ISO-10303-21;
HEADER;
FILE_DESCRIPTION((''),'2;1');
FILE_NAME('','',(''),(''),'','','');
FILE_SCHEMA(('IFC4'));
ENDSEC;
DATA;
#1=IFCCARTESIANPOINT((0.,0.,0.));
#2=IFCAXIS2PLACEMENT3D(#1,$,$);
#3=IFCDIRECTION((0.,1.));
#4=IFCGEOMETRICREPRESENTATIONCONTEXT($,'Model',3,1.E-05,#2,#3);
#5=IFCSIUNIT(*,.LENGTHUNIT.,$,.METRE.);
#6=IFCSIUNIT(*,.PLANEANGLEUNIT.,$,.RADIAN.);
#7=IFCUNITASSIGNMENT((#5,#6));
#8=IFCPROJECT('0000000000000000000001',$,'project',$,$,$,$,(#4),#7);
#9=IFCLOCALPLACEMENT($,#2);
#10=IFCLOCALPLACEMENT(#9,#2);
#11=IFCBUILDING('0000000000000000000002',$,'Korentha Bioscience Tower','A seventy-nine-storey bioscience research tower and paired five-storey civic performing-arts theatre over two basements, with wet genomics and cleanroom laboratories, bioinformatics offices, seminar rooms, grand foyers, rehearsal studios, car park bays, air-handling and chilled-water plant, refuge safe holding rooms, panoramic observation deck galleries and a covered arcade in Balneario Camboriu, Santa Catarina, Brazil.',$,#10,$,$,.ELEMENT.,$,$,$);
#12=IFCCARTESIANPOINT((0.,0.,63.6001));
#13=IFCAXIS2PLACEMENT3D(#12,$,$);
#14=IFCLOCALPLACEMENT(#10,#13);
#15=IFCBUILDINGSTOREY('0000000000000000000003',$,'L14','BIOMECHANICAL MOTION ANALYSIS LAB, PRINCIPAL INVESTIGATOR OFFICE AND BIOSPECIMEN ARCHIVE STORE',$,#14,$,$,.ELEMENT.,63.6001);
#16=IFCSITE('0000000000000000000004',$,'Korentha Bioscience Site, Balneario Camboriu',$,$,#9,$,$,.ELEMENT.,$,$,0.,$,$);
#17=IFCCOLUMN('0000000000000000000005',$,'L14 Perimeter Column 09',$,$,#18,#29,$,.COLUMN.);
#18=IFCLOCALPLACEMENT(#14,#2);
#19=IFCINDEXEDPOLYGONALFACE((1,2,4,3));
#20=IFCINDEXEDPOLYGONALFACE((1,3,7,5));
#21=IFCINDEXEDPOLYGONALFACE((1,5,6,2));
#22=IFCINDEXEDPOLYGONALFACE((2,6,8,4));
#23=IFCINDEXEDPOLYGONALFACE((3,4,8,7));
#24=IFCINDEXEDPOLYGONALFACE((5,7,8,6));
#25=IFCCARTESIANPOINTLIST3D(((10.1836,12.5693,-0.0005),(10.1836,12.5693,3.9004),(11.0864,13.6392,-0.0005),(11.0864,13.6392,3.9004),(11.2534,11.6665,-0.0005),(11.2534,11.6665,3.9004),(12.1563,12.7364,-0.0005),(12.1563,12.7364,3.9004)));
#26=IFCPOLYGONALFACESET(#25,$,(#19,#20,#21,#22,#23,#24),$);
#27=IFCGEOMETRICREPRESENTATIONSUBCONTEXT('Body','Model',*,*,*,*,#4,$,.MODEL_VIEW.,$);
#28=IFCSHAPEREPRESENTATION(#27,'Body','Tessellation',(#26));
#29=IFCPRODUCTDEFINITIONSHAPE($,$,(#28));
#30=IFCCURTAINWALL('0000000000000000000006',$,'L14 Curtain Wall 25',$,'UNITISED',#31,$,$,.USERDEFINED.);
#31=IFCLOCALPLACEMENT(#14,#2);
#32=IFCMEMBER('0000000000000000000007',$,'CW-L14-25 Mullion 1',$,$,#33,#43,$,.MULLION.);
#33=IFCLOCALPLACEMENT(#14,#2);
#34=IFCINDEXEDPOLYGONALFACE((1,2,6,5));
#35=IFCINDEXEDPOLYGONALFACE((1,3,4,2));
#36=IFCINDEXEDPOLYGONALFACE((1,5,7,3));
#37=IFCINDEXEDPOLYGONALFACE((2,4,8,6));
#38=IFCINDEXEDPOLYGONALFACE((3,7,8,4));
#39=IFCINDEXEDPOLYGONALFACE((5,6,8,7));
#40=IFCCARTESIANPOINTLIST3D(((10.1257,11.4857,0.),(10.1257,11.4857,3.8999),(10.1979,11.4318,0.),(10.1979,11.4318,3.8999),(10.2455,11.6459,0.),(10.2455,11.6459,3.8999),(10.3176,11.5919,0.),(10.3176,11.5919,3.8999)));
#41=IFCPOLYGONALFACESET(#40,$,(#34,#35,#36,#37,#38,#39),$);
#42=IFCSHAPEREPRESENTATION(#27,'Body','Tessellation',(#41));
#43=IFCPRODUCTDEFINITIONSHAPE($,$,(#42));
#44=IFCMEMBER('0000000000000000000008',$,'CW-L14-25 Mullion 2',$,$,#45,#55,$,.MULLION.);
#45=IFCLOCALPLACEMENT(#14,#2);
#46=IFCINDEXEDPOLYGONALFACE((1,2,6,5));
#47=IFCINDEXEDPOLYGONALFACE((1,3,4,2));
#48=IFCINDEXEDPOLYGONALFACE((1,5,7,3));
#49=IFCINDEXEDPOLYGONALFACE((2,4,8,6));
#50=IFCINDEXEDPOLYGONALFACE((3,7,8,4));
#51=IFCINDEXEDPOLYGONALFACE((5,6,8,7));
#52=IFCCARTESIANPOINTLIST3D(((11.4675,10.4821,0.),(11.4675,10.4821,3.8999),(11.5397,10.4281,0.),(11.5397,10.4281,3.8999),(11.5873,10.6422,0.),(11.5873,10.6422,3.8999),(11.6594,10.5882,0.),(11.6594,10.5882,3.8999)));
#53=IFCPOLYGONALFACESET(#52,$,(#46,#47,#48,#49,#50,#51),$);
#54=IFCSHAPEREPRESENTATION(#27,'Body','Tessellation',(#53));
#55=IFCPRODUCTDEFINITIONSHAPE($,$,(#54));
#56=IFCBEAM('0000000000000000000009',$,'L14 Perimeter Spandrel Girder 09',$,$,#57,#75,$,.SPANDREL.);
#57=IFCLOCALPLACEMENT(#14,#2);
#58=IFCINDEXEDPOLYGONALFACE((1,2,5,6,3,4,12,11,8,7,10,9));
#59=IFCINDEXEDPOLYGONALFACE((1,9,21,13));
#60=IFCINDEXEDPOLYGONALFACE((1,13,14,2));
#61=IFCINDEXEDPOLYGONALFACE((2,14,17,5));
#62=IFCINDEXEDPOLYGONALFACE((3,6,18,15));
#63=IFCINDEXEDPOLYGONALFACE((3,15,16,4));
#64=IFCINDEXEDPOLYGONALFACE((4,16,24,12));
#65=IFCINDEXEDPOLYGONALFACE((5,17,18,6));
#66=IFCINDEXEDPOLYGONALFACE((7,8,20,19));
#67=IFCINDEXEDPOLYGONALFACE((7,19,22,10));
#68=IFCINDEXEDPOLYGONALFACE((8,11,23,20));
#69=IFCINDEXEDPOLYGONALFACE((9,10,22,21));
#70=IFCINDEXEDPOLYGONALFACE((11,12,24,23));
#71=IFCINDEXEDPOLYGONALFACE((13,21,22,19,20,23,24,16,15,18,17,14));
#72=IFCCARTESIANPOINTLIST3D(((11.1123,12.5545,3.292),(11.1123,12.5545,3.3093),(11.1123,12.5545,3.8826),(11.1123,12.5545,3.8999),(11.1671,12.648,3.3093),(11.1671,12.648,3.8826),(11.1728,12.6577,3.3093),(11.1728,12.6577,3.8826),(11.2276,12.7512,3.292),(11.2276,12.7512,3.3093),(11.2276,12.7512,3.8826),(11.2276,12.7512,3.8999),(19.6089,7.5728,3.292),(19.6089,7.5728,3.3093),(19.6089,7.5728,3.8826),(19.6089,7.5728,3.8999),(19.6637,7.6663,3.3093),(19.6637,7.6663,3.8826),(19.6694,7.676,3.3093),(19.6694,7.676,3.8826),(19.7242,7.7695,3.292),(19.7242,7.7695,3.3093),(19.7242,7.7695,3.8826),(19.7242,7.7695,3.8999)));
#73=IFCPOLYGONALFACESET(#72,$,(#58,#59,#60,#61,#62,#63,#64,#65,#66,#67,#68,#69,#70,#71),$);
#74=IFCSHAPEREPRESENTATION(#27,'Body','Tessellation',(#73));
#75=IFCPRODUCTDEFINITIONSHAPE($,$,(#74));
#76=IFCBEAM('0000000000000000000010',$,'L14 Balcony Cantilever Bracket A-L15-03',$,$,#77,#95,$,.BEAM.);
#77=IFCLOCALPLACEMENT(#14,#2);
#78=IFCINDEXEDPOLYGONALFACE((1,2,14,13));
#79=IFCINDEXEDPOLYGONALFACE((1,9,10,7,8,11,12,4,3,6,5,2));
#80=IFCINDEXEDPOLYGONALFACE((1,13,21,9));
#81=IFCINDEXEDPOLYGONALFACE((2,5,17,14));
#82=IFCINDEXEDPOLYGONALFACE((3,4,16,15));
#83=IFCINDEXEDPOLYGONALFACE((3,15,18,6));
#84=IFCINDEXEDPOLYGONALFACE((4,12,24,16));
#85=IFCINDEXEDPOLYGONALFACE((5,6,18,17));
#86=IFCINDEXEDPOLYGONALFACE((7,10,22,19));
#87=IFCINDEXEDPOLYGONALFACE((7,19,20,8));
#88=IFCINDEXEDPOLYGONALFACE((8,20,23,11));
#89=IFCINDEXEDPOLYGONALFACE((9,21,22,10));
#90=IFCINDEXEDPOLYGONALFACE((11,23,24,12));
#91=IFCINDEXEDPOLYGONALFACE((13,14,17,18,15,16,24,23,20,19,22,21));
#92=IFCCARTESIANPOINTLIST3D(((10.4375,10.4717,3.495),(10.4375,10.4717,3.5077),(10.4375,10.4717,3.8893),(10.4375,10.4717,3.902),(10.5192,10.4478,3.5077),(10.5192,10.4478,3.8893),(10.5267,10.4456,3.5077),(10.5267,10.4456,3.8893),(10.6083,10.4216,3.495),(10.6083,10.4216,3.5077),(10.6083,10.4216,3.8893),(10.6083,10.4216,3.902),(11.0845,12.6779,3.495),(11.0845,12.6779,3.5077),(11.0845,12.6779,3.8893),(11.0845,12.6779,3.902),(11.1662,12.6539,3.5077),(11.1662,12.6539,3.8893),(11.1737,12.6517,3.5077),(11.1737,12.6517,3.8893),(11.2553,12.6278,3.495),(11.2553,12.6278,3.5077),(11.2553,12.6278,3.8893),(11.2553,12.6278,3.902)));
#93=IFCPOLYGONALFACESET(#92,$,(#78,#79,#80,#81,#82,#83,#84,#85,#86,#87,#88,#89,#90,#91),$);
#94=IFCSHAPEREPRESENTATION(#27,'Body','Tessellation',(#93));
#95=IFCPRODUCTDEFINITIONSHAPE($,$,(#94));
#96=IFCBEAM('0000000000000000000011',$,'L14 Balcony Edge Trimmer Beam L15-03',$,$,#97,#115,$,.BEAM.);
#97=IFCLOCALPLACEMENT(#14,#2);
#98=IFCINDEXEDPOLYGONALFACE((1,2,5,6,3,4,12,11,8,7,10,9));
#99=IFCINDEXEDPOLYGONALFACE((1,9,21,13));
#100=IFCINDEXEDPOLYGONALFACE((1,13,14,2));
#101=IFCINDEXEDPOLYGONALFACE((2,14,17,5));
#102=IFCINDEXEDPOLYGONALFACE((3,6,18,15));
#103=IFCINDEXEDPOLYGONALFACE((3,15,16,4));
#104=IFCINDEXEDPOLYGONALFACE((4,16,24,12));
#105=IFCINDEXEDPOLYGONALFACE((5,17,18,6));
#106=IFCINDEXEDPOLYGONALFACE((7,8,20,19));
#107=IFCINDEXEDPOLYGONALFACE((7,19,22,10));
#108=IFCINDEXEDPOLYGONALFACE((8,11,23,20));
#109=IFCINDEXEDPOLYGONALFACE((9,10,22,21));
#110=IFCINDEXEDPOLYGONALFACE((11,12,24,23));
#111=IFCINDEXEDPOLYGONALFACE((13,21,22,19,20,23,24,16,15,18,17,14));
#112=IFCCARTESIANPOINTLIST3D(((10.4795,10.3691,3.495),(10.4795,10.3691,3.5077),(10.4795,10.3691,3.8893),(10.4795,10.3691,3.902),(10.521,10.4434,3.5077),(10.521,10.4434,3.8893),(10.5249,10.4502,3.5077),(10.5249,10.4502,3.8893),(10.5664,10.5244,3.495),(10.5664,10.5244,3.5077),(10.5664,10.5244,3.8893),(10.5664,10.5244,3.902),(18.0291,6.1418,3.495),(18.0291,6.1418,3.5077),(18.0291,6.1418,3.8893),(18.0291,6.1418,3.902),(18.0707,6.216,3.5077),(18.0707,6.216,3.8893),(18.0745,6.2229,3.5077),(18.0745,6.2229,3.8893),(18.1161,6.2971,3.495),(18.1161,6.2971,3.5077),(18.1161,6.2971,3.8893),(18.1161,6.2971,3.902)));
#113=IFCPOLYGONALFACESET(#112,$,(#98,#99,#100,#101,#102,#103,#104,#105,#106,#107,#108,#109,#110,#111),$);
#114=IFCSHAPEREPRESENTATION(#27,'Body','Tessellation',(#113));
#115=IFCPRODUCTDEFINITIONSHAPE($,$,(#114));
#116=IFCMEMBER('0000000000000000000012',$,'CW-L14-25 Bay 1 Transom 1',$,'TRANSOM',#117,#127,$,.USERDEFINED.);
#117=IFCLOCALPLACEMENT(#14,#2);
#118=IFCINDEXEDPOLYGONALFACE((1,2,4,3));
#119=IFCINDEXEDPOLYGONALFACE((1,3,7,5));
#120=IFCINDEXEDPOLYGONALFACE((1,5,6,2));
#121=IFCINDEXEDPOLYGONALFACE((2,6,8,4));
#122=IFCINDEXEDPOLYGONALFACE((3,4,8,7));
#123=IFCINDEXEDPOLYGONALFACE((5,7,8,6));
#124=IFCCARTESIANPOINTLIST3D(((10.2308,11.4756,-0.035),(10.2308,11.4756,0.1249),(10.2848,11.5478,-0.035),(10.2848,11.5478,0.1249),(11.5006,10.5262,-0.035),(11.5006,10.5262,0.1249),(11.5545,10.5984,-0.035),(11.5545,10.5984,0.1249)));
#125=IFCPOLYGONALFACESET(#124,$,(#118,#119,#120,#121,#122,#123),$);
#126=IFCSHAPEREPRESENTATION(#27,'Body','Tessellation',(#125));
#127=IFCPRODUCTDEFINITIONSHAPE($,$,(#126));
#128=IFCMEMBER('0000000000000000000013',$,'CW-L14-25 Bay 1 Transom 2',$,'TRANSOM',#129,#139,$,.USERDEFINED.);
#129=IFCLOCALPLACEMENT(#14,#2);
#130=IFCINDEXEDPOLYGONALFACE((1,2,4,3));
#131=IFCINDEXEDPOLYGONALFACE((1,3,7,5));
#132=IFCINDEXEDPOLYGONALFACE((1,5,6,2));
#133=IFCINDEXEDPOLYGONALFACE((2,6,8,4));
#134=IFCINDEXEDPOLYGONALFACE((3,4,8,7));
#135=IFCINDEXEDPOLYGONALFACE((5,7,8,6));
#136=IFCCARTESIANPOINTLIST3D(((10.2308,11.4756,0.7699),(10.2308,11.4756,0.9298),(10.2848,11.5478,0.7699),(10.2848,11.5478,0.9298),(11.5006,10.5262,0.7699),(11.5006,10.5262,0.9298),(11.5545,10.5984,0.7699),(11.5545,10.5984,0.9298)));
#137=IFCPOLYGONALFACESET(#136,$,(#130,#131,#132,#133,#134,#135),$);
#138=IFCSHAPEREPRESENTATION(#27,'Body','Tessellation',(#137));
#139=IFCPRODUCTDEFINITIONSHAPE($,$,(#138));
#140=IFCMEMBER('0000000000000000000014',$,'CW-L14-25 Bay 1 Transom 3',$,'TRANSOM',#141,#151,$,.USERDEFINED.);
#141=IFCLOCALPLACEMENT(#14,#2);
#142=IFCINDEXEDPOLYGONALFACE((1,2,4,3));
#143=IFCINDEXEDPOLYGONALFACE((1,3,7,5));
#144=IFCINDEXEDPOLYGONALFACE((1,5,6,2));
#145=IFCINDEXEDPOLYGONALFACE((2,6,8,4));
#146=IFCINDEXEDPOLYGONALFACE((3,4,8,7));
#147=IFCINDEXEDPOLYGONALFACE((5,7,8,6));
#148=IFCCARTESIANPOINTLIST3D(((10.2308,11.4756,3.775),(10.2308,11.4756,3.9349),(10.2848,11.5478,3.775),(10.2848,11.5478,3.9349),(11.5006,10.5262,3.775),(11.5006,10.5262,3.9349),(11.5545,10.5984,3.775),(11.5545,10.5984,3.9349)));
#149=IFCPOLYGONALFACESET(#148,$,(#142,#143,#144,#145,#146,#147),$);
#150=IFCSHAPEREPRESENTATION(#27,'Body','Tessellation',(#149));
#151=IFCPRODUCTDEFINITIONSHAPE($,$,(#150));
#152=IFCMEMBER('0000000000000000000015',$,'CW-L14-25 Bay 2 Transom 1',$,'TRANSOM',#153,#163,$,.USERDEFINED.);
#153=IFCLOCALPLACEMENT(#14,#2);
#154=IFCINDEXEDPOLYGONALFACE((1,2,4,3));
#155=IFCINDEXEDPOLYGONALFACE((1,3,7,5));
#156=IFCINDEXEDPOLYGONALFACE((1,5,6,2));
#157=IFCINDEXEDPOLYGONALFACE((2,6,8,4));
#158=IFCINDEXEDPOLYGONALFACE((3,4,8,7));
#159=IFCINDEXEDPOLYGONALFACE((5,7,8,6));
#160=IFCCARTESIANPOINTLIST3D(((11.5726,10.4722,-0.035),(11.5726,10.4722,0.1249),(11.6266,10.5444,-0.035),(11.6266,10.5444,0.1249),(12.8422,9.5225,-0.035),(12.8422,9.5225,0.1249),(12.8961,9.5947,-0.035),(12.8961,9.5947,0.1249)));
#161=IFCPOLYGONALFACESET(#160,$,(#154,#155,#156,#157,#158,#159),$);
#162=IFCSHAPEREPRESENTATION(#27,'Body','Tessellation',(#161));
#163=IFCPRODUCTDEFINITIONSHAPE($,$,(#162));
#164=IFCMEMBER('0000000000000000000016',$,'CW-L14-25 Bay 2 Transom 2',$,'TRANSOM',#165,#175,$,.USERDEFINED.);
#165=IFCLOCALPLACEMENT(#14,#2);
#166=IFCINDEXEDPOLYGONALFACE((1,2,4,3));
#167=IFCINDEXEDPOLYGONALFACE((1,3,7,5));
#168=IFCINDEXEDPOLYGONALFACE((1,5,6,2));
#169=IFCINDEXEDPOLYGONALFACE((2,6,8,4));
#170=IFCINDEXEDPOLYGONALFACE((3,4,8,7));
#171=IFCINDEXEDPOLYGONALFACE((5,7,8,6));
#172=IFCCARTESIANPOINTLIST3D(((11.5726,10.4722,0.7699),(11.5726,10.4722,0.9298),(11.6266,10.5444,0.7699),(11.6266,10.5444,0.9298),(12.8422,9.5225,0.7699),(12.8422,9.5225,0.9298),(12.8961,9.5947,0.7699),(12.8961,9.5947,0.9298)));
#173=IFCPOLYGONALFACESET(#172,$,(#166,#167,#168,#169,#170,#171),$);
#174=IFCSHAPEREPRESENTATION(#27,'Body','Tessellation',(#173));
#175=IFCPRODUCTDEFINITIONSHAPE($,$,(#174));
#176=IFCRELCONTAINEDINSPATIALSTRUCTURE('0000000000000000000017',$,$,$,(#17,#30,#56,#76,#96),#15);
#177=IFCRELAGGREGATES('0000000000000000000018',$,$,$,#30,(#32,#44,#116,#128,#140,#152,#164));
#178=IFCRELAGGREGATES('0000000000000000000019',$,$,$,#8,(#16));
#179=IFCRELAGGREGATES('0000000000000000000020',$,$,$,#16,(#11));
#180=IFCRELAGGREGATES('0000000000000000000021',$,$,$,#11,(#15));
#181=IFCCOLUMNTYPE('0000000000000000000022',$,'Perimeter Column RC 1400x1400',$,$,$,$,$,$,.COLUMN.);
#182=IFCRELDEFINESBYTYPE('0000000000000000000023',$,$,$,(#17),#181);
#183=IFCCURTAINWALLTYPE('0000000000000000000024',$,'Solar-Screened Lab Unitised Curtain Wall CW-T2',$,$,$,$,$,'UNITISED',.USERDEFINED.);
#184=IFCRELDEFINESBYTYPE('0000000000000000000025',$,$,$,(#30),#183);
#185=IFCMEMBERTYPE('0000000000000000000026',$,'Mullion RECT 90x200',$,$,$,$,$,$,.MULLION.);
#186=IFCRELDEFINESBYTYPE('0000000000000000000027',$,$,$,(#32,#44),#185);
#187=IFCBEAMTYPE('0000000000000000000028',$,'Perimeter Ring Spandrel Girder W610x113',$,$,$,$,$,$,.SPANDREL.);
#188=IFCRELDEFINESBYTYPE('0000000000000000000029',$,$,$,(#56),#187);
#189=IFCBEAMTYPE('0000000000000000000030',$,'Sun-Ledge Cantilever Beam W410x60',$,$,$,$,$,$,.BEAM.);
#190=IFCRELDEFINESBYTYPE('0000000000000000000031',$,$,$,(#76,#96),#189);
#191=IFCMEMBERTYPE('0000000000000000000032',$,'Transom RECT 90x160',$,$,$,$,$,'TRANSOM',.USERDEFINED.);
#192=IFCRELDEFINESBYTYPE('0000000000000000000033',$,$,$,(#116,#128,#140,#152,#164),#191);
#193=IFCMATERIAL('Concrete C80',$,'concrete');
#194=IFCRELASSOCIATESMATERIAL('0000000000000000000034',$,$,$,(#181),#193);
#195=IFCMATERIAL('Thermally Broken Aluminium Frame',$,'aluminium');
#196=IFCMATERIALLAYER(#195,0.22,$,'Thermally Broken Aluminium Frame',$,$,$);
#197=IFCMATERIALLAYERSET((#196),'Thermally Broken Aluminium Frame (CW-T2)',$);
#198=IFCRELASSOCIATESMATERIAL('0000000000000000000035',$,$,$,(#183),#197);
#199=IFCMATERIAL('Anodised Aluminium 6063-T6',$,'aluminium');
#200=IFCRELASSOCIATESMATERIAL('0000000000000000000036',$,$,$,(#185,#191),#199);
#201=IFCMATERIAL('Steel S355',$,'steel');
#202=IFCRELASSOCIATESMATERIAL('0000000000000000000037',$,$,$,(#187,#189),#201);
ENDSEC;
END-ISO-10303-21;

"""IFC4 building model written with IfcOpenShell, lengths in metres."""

from ifc_helpers import new_model, si_unit, direction, frame, origin, origin_2d, place, context, subcontext, project, spatial, rectangle, i_section, extrude, material, layer, layer_set, material_profile, profile_set, type_object, element, aggregate, save


model = new_model("IFC4")

# Units and contexts
model_context = context("Model", 3, precision=1e-05, world=origin(), true_north=direction((0.0, 1.0)))
body_context = subcontext(model_context, "Body", "Model", "MODEL_VIEW")
ifc_project = project(units=[si_unit("LENGTHUNIT", "METRE"), si_unit("PLANEANGLEUNIT", "RADIAN")], contexts=[model_context])

# Site, building, storey
site_placement = place(None, origin())
site = spatial("IfcSite", under=ifc_project, at=site_placement, Name="Korentha Bioscience Site, Balneario Camboriu", CompositionType="ELEMENT", RefElevation=0.0)
building_placement = place(site_placement, origin())
building = spatial("IfcBuilding", under=site, at=building_placement, Name="Korentha Bioscience Tower", Description="A seventy-nine-storey bioscience research tower and paired five-storey civic performing-arts theatre over two basements, with wet genomics and cleanroom laboratories, bioinformatics offices, seminar rooms, grand foyers, rehearsal studios, car park bays, air-handling and chilled-water plant, refuge safe holding rooms, panoramic observation deck galleries and a covered arcade in Balneario Camboriu, Santa Catarina, Brazil.", CompositionType="ELEMENT")
storey_placement = place(building_placement, frame((0.0, 0.0, 63.6001)))
storey = spatial("IfcBuildingStorey", under=building, at=storey_placement, Name="L14", Description="BIOMECHANICAL MOTION ANALYSIS LAB, PRINCIPAL INVESTIGATOR OFFICE AND BIOSPECIMEN ARCHIVE STORE", CompositionType="ELEMENT", Elevation=63.6001)

# Column
ifc_material_1 = material(Name="Concrete C80", Category="concrete")
ifc_material_profile_1 = material_profile(ifc_material_1, rectangle(XDim=1.3999, YDim=1.3999, at=origin_2d()), Name="Concrete C80")
ifc_profile_set_1 = profile_set([ifc_material_profile_1], Name="Concrete C80 (COL-P14)")
column_type = type_object("IfcColumnType", Name="Perimeter Column RC 1400x1400", PredefinedType="COLUMN", material=ifc_profile_set_1)
column_placement = place(storey_placement, frame((11.1699, 12.6528, -0.0005), z_axis=(0.0, 0.0, 1.0), x_axis=(-0.764246, 0.644924, 0.0)))
element("IfcColumn", 1, at=column_placement, inside=storey, type_object=column_type, Name="L14 Perimeter Column 09", PredefinedType="COLUMN", context=body_context, shape_type="SweptSolid", body=[
    extrude(rectangle(XDim=1.3999, YDim=1.3999, at=origin_2d()), origin(), (0.0, 0.0, 1.0), 3.9009),
])

# Curtain wall, members
ifc_material_2 = material(Name="Thermally Broken Aluminium Frame", Category="aluminium")
ifc_layer_1 = layer(ifc_material_2, 0.22, Name="Thermally Broken Aluminium Frame")
ifc_layer_set_1 = layer_set([ifc_layer_1], Name="Thermally Broken Aluminium Frame (CW-T2)")
curtain_wall_type = type_object("IfcCurtainWallType", Name="Solar-Screened Lab Unitised Curtain Wall CW-T2", ElementType="UNITISED", PredefinedType="USERDEFINED", material=ifc_layer_set_1)
curtain_wall_placement = place(storey_placement, origin())
curtain_wall = element("IfcCurtainWall", 2, at=curtain_wall_placement, inside=storey, type_object=curtain_wall_type, Name="L14 Curtain Wall 25", ObjectType="UNITISED", PredefinedType="USERDEFINED")
ifc_material_3 = material(Name="Anodised Aluminium 6063-T6", Category="aluminium")
ifc_material_profile_2 = material_profile(ifc_material_3, rectangle(XDim=0.0901, YDim=0.2, at=origin_2d()), Name="Anodised Aluminium 6063-T6")
ifc_profile_set_2 = profile_set([ifc_material_profile_2], Name="Anodised Aluminium 6063-T6 (CW-MUL)")
member_type_1 = type_object("IfcMemberType", Name="Mullion RECT 90x200", PredefinedType="MULLION", material=ifc_profile_set_2)
member_1_placement = place(storey_placement, frame((10.2217, 11.5388, 0.0), z_axis=(0.0, 0.0, 1.0), x_axis=(0.800798, -0.598935, 0.0)))
member_1 = element("IfcMember", 3, at=member_1_placement, type_object=member_type_1, Name="CW-L14-25 Mullion 1", PredefinedType="MULLION", context=body_context, shape_type="SweptSolid", body=[
    extrude(rectangle(XDim=0.0901, YDim=0.2, at=origin_2d()), origin(), (0.0, 0.0, 1.0), 3.8999),
])
member_2_placement = place(storey_placement, frame((11.5635, 10.5352, 0.0), z_axis=(0.0, 0.0, 1.0), x_axis=(0.800798, -0.598935, 0.0)))
member_2 = element("IfcMember", 4, at=member_2_placement, type_object=member_type_1, Name="CW-L14-25 Mullion 2", PredefinedType="MULLION", context=body_context, shape_type="SweptSolid", body=[
    extrude(rectangle(XDim=0.0901, YDim=0.2, at=origin_2d()), origin(), (0.0, 0.0, 1.0), 3.8999),
])

# Beams
ifc_material_4 = material(Name="Steel S355", Category="steel")
ifc_material_profile_3 = material_profile(ifc_material_4, i_section(OverallWidth=0.228, OverallDepth=0.6079, WebThickness=0.0112, FlangeThickness=0.0173, at=origin_2d()), Name="Steel S355")
ifc_profile_set_3 = profile_set([ifc_material_profile_3], Name="Steel S355 (SB-610)")
beam_type_1 = type_object("IfcBeamType", Name="Perimeter Ring Spandrel Girder W610x113", PredefinedType="SPANDREL", material=ifc_profile_set_3)
beam_1_placement = place(storey_placement, frame((11.1699, 12.6528, 3.5959), z_axis=(0.862657, -0.50579, 0.0), x_axis=(0.50579, 0.862657, 0.0)))
element("IfcBeam", 5, at=beam_1_placement, inside=storey, type_object=beam_type_1, Name="L14 Perimeter Spandrel Girder 09", PredefinedType="SPANDREL", context=body_context, shape_type="SweptSolid", body=[
    extrude(i_section(OverallWidth=0.228, OverallDepth=0.6079, WebThickness=0.0112, FlangeThickness=0.0173, at=origin_2d()), origin(), (0.0, 0.0, 1.0), 9.8494),
])
ifc_material_profile_4 = material_profile(ifc_material_4, i_section(OverallWidth=0.178, OverallDepth=0.407, WebThickness=0.0078, FlangeThickness=0.0127, at=origin_2d()), Name="Steel S355")
ifc_profile_set_4 = profile_set([ifc_material_profile_4], Name="Steel S355 (CB-410)")
beam_type_2 = type_object("IfcBeamType", Name="Sun-Ledge Cantilever Beam W410x60", PredefinedType="BEAM", material=ifc_profile_set_4)
beam_2_placement = place(storey_placement, frame((11.1699, 12.6528, 3.6985), z_axis=(-0.281419, -0.959585, 0.0), x_axis=(0.959585, -0.281419, 0.0)))
element("IfcBeam", 6, at=beam_2_placement, inside=storey, type_object=beam_type_2, Name="L14 Balcony Cantilever Bracket A-L15-03", PredefinedType="BEAM", context=body_context, shape_type="SweptSolid", body=[
    extrude(i_section(OverallWidth=0.178, OverallDepth=0.407, WebThickness=0.0078, FlangeThickness=0.0127, at=origin_2d()), origin(), (0.0, 0.0, 1.0), 2.2991),
])
beam_3_placement = place(storey_placement, frame((10.5229, 10.4468, 3.6985), z_axis=(0.872529, -0.488563, 0.0), x_axis=(0.488563, 0.872529, 0.0)))
element("IfcBeam", 7, at=beam_3_placement, inside=storey, type_object=beam_type_2, Name="L14 Balcony Edge Trimmer Beam L15-03", PredefinedType="BEAM", context=body_context, shape_type="SweptSolid", body=[
    extrude(i_section(OverallWidth=0.178, OverallDepth=0.407, WebThickness=0.0078, FlangeThickness=0.0127, at=origin_2d()), origin(), (0.0, 0.0, 1.0), 8.6526),
])

# Members
ifc_material_profile_5 = material_profile(ifc_material_3, rectangle(XDim=0.0901, YDim=0.1599, at=origin_2d()), Name="Anodised Aluminium 6063-T6")
ifc_profile_set_5 = profile_set([ifc_material_profile_5], Name="Anodised Aluminium 6063-T6 (CW-TRN)")
member_type_2 = type_object("IfcMemberType", Name="Transom RECT 90x160", ElementType="TRANSOM", PredefinedType="USERDEFINED", material=ifc_profile_set_5)
member_3_placement = place(storey_placement, frame((10.2578, 11.5117, 0.0449), z_axis=(0.800868, -0.598841, 0.0), x_axis=(0.598841, 0.800868, 0.0)))
member_3 = element("IfcMember", 8, at=member_3_placement, type_object=member_type_2, Name="CW-L14-25 Bay 1 Transom 1", ObjectType="TRANSOM", PredefinedType="USERDEFINED", context=body_context, shape_type="SweptSolid", body=[
    extrude(rectangle(XDim=0.0901, YDim=0.1599, at=origin_2d()), origin(), (0.0, 0.0, 1.0), 1.5854),
])
member_4_placement = place(storey_placement, frame((10.2578, 11.5117, 0.8499), z_axis=(0.800868, -0.598841, 0.0), x_axis=(0.598841, 0.800868, 0.0)))
member_4 = element("IfcMember", 9, at=member_4_placement, type_object=member_type_2, Name="CW-L14-25 Bay 1 Transom 2", ObjectType="TRANSOM", PredefinedType="USERDEFINED", context=body_context, shape_type="SweptSolid", body=[
    extrude(rectangle(XDim=0.0901, YDim=0.1599, at=origin_2d()), origin(), (0.0, 0.0, 1.0), 1.5854),
])
member_5_placement = place(storey_placement, frame((10.2578, 11.5117, 3.855), z_axis=(0.800868, -0.598841, 0.0), x_axis=(0.598841, 0.800868, 0.0)))
member_5 = element("IfcMember", 10, at=member_5_placement, type_object=member_type_2, Name="CW-L14-25 Bay 1 Transom 3", ObjectType="TRANSOM", PredefinedType="USERDEFINED", context=body_context, shape_type="SweptSolid", body=[
    extrude(rectangle(XDim=0.0901, YDim=0.1599, at=origin_2d()), origin(), (0.0, 0.0, 1.0), 1.5854),
])
member_6_placement = place(storey_placement, frame((11.5996, 10.5083, 0.0449), z_axis=(0.800739, -0.599014, 0.0), x_axis=(0.599014, 0.800739, 0.0)))
member_6 = element("IfcMember", 11, at=member_6_placement, type_object=member_type_2, Name="CW-L14-25 Bay 2 Transom 1", ObjectType="TRANSOM", PredefinedType="USERDEFINED", context=body_context, shape_type="SweptSolid", body=[
    extrude(rectangle(XDim=0.0901, YDim=0.1599, at=origin_2d()), origin(), (0.0, 0.0, 1.0), 1.5854),
])
member_7_placement = place(storey_placement, frame((11.5996, 10.5083, 0.8499), z_axis=(0.800739, -0.599014, 0.0), x_axis=(0.599014, 0.800739, 0.0)))
member_7 = element("IfcMember", 12, at=member_7_placement, type_object=member_type_2, Name="CW-L14-25 Bay 2 Transom 2", ObjectType="TRANSOM", PredefinedType="USERDEFINED", context=body_context, shape_type="SweptSolid", body=[
    extrude(rectangle(XDim=0.0901, YDim=0.1599, at=origin_2d()), origin(), (0.0, 0.0, 1.0), 1.5854),
])

aggregate(curtain_wall, [member_1, member_2, member_3, member_4, member_5, member_6, member_7])

save(model, "model.ifc")
